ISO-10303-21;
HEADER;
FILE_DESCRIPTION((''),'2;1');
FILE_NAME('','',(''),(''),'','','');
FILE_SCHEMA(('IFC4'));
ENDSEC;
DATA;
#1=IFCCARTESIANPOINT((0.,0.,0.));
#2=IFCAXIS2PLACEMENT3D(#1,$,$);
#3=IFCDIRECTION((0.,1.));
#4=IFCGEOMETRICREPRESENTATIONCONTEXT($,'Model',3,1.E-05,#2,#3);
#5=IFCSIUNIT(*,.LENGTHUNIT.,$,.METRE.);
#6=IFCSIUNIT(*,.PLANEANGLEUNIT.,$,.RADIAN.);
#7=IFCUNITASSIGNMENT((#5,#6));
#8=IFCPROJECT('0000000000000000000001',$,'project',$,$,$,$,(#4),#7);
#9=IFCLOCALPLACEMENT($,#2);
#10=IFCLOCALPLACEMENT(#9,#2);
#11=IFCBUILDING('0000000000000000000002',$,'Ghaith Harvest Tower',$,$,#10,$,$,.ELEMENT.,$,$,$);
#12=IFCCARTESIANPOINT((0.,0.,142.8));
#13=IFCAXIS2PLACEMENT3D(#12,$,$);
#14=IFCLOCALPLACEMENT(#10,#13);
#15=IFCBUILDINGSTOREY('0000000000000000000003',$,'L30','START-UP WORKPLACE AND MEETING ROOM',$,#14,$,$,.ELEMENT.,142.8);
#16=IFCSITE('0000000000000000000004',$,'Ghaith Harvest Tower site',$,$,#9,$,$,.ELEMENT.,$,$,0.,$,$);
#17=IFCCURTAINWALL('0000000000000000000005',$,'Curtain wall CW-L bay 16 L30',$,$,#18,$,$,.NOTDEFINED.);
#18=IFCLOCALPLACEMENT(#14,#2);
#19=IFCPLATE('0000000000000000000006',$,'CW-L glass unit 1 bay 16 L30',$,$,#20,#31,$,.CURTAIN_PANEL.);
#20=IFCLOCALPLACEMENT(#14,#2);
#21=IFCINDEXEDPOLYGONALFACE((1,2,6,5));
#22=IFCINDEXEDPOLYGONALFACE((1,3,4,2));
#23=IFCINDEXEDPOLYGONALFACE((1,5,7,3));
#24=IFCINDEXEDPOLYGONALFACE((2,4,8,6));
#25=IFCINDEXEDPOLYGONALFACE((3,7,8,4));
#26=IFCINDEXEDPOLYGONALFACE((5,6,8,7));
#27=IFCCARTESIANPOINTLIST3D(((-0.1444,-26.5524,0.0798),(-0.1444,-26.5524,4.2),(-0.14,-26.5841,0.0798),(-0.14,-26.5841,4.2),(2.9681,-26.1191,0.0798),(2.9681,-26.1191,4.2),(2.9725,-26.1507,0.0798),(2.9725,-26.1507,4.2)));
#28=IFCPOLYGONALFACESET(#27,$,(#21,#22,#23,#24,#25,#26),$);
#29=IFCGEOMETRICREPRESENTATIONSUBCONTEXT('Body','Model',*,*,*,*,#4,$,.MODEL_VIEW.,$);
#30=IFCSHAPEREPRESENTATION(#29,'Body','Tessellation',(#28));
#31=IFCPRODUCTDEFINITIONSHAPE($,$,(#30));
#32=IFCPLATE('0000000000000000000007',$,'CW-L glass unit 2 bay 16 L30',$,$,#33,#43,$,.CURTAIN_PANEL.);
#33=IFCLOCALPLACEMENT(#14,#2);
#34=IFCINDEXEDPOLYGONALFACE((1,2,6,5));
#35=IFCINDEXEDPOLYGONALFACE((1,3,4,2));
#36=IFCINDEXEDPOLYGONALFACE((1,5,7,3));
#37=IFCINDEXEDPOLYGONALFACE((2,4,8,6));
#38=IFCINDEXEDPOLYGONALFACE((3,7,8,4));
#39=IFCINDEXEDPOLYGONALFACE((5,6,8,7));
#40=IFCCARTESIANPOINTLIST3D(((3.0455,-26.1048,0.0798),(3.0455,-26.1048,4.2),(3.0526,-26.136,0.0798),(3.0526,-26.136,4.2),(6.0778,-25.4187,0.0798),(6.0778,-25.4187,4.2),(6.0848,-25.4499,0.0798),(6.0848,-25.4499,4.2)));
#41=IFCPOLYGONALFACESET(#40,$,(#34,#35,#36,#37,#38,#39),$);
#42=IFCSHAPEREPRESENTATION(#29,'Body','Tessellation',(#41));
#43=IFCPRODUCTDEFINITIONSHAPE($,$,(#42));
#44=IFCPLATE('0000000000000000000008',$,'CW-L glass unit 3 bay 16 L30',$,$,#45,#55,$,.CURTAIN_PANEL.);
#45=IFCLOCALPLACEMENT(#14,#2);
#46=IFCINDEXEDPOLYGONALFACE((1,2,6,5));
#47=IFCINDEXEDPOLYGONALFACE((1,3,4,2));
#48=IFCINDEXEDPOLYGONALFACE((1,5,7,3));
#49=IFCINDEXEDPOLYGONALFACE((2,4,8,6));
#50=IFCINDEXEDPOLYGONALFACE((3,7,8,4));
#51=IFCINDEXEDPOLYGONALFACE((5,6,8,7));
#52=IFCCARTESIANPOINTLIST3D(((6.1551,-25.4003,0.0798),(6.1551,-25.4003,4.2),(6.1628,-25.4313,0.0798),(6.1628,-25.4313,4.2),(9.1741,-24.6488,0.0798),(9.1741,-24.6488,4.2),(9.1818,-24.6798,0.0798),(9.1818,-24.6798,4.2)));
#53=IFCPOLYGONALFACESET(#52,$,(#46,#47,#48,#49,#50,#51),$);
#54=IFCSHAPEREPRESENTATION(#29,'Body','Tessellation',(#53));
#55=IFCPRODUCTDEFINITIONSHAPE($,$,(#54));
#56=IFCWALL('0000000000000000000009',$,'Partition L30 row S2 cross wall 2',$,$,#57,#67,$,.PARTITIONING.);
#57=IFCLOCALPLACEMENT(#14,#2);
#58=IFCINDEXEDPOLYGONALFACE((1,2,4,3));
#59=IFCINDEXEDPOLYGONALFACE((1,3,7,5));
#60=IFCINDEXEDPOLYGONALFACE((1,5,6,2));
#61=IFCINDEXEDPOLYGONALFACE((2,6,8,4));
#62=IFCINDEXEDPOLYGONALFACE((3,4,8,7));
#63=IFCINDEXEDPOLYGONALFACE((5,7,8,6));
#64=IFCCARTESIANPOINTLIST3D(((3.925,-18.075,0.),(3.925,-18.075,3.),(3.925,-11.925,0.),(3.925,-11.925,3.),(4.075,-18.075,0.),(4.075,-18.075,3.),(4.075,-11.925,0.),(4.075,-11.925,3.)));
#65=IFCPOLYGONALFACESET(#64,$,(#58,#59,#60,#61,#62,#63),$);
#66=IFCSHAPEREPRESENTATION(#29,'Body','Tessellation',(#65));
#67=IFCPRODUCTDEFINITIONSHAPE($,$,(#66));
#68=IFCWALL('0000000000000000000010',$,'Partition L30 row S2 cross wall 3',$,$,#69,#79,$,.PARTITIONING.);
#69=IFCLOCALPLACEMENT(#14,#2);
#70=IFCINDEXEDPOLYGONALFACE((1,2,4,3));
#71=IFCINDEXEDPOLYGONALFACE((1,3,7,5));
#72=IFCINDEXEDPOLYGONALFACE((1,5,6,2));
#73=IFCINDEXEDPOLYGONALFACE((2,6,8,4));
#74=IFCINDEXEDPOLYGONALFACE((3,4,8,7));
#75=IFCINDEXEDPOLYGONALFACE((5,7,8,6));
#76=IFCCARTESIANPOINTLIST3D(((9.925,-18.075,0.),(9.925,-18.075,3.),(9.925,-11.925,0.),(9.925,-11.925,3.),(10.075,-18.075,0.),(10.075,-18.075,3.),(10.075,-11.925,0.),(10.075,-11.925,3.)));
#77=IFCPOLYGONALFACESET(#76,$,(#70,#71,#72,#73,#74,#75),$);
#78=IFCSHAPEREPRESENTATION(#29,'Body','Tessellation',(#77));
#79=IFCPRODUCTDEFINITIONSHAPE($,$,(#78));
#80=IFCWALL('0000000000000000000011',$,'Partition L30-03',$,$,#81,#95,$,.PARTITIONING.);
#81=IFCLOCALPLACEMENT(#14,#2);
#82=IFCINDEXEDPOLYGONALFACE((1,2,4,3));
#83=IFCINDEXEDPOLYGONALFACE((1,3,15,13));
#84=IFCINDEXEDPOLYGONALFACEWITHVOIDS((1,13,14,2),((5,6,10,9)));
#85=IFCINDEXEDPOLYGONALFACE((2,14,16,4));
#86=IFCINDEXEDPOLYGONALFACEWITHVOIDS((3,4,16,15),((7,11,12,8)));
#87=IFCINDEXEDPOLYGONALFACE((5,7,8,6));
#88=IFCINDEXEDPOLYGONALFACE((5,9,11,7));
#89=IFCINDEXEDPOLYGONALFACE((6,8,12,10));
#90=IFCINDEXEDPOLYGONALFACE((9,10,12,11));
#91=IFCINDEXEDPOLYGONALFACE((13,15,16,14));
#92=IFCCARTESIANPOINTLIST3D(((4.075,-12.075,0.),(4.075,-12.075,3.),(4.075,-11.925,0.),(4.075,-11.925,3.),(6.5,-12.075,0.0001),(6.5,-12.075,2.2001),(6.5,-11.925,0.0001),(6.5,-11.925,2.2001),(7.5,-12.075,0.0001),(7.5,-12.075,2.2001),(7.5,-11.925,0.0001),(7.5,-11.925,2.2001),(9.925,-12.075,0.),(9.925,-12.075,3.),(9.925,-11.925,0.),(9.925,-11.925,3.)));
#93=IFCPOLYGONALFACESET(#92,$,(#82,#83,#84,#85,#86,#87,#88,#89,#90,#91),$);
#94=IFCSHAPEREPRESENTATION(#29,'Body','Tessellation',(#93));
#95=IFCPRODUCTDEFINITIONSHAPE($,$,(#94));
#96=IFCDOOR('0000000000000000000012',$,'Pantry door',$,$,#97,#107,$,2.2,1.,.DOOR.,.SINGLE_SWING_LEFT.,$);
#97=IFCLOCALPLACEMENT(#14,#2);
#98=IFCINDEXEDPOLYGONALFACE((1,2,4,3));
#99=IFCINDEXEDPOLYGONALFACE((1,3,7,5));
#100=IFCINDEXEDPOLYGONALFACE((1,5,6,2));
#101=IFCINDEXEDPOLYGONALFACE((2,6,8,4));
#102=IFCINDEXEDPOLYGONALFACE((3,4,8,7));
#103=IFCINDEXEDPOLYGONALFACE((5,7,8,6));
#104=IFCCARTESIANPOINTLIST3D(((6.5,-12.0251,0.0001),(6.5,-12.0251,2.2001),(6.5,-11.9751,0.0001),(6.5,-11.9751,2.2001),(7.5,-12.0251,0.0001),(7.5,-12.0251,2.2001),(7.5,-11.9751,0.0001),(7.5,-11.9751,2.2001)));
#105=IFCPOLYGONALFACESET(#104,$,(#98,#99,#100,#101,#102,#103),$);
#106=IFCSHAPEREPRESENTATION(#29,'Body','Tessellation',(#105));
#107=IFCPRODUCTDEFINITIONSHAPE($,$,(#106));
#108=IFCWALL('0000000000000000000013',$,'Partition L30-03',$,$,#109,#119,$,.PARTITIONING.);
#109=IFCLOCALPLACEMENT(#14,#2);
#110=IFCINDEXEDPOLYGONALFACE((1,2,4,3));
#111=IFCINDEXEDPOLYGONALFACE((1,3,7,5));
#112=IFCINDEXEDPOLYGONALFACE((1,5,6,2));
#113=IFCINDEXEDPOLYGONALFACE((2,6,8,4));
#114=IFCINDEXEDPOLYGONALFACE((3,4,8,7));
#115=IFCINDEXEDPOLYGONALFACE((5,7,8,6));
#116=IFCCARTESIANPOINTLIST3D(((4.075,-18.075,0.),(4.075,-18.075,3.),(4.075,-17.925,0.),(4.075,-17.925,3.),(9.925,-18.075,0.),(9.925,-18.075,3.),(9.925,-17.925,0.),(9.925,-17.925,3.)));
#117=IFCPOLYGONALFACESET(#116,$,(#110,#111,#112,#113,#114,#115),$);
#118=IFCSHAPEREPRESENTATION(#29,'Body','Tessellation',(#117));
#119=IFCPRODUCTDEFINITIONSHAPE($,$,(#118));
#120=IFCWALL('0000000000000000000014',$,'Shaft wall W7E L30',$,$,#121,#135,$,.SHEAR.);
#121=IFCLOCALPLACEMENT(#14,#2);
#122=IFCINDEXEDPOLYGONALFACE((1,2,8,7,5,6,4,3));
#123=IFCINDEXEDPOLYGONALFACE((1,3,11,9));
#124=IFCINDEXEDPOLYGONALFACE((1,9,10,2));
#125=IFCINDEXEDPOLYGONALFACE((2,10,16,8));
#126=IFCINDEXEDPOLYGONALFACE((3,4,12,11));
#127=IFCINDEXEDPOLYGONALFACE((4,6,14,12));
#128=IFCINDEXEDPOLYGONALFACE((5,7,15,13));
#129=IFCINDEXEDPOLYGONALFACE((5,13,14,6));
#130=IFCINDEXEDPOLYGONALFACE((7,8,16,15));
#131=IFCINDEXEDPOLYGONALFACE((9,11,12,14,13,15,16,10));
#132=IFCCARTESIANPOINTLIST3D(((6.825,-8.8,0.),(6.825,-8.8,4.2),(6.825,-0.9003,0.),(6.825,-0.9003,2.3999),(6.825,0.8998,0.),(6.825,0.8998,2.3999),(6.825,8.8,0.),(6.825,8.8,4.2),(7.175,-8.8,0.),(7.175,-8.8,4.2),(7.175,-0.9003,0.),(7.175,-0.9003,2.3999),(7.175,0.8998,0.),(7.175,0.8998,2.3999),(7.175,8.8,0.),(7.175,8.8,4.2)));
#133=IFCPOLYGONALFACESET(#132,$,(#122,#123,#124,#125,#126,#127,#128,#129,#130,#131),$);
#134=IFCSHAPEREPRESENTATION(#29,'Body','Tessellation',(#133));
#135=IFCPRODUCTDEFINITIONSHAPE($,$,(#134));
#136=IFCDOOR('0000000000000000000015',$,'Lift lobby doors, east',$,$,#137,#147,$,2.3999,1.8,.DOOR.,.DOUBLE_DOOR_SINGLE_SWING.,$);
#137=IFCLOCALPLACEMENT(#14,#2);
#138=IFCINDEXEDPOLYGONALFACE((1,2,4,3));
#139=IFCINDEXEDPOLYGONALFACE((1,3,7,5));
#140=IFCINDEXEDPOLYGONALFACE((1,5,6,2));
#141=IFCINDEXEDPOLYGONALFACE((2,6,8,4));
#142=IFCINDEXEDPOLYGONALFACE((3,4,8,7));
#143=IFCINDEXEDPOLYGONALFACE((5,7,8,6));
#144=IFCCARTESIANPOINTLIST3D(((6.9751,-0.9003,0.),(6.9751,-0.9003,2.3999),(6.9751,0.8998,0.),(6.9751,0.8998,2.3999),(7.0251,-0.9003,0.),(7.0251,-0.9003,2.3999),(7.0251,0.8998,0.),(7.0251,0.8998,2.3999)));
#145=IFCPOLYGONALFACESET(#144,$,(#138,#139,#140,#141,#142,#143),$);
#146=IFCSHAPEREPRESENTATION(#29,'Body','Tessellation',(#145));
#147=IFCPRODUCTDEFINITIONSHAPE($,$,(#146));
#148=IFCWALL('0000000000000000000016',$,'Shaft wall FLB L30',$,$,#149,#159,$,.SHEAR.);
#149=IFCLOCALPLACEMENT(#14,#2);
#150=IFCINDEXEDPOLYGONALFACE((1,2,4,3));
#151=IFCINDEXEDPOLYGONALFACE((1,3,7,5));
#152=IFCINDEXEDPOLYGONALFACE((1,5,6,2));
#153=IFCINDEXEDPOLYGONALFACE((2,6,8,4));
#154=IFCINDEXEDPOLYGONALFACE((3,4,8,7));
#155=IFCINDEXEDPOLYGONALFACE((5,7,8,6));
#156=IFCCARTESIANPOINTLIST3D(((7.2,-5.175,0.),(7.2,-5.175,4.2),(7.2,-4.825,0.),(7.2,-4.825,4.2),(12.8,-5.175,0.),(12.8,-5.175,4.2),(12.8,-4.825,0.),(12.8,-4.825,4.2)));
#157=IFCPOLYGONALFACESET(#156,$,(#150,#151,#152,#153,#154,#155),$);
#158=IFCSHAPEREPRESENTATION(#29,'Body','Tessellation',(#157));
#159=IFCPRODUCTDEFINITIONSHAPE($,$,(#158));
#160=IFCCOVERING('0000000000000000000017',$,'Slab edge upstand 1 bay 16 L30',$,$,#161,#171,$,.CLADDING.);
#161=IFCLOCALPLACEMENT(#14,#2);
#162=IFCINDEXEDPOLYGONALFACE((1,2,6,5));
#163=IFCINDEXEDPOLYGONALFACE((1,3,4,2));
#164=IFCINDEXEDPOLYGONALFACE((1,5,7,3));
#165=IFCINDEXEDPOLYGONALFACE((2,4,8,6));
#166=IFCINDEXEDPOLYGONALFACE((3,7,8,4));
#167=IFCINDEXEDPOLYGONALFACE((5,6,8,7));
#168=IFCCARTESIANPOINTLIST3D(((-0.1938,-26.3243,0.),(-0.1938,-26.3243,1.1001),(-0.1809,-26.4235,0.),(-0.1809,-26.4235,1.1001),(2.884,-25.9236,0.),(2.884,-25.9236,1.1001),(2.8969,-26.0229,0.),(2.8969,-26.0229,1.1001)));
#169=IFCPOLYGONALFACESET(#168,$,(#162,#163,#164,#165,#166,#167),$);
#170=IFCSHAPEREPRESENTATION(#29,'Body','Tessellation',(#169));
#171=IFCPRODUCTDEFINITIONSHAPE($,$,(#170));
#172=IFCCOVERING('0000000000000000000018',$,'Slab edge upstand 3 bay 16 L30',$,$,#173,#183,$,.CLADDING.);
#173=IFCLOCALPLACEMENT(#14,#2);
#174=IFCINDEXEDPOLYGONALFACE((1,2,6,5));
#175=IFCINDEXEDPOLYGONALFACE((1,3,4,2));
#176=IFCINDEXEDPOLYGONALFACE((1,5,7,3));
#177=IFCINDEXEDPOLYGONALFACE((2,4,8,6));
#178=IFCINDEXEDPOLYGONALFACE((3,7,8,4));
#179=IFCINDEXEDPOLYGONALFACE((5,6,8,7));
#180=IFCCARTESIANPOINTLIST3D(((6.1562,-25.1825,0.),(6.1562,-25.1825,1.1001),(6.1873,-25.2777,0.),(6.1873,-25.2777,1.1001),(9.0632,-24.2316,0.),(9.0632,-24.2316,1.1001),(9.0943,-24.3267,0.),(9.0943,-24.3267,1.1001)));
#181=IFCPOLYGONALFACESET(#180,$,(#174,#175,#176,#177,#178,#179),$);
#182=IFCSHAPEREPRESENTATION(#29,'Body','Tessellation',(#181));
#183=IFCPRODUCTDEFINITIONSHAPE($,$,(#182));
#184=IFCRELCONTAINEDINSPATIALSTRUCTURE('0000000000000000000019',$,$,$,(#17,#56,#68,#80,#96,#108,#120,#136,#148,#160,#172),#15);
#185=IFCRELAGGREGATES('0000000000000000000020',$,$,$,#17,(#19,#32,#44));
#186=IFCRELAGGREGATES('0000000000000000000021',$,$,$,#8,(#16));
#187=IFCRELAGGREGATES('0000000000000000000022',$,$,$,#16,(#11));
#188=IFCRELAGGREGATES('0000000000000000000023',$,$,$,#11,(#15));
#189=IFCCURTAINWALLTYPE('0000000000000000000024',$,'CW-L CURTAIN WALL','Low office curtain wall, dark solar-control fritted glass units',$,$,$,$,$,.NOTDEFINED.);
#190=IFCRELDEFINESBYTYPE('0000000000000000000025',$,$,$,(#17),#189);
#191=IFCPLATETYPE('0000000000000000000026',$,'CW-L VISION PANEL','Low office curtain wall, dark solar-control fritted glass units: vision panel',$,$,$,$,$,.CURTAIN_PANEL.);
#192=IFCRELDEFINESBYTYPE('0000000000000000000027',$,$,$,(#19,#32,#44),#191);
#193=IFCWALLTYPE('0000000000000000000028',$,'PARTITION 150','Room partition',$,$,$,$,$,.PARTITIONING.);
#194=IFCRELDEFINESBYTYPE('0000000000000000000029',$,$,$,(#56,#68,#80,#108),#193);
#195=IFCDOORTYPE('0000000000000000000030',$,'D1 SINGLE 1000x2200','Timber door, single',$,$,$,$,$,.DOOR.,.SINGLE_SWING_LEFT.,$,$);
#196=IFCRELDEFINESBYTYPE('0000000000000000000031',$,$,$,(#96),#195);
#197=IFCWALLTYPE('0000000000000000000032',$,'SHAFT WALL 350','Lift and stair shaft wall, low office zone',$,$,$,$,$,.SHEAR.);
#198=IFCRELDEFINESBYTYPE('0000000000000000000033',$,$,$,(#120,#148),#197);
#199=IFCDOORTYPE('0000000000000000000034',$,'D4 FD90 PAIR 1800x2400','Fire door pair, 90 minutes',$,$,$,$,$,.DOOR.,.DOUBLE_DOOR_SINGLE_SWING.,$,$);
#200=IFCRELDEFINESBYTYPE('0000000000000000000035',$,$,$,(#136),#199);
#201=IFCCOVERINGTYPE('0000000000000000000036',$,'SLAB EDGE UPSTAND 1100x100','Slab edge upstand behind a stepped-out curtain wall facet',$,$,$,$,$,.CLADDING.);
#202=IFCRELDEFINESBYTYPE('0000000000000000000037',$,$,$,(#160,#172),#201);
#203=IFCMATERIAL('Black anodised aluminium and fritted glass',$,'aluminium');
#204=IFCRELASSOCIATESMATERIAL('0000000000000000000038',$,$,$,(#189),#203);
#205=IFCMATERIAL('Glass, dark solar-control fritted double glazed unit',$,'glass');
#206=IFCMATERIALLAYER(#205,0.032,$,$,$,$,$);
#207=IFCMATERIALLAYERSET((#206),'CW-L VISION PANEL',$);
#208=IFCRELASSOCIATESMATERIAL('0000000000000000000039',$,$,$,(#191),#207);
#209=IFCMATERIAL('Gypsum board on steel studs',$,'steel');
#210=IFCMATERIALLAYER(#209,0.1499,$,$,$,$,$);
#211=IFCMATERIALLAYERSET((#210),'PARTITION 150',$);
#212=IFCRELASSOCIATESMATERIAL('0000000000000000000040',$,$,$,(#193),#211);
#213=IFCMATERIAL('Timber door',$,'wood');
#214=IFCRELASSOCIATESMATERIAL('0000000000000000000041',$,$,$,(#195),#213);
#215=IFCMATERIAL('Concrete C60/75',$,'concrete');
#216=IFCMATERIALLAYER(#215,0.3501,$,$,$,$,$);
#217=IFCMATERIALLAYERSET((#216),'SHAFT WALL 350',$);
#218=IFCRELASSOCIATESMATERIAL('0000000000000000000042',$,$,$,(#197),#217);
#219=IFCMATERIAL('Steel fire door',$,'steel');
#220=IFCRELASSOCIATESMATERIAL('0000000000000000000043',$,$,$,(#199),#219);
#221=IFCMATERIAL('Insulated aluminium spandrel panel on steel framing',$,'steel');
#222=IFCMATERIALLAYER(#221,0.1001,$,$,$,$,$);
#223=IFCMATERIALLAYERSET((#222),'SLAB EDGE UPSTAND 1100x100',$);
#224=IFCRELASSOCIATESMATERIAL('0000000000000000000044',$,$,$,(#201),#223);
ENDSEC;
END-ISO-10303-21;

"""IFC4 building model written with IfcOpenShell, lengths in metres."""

from ifc_helpers import new_model, si_unit, direction, frame, frame_2d, origin, origin_2d, place, context, subcontext, project, spatial, rectangle, extrude, material, layer, layer_set, type_object, element, fill, aggregate, save


model = new_model("IFC4")

# Units and contexts
model_context = context("Model", 3, precision=1e-05, world=origin(), true_north=direction((0.0, 1.0)))
body_context = subcontext(model_context, "Body", "Model", "MODEL_VIEW")
ifc_project = project(units=[si_unit("LENGTHUNIT", "METRE"), si_unit("PLANEANGLEUNIT", "RADIAN")], contexts=[model_context])

# Site, building, storey
site_placement = place(None, origin())
site = spatial("IfcSite", under=ifc_project, at=site_placement, Name="Ghaith Harvest Tower site", CompositionType="ELEMENT", RefElevation=0.0)
building_placement = place(site_placement, origin())
building = spatial("IfcBuilding", under=site, at=building_placement, Name="Ghaith Harvest Tower", CompositionType="ELEMENT")
storey_placement = place(building_placement, frame((0.0, 0.0, 142.8)))
storey = spatial("IfcBuildingStorey", under=building, at=storey_placement, Name="L30", Description="START-UP WORKPLACE AND MEETING ROOM", CompositionType="ELEMENT", Elevation=142.8)

# Curtain wall
ifc_material_1 = material(Name="Black anodised aluminium and fritted glass", Category="aluminium")
curtain_wall_type = type_object("IfcCurtainWallType", Name="CW-L CURTAIN WALL", Description="Low office curtain wall, dark solar-control fritted glass units", PredefinedType="NOTDEFINED", material=ifc_material_1)
curtain_wall_1_placement = place(storey_placement, origin())
curtain_wall_1 = element("IfcCurtainWall", 1, at=curtain_wall_1_placement, inside=storey, type_object=curtain_wall_type, Name="Curtain wall CW-L bay 16 L30", PredefinedType="NOTDEFINED")

# Plates
ifc_material_2 = material(Name="Glass, dark solar-control fritted double glazed unit", Category="glass")
ifc_layer_1 = layer(ifc_material_2, 0.032)
ifc_layer_set_1 = layer_set([ifc_layer_1], Name="CW-L VISION PANEL")
plate_type = type_object("IfcPlateType", Name="CW-L VISION PANEL", Description="Low office curtain wall, dark solar-control fritted glass units: vision panel", PredefinedType="CURTAIN_PANEL", material=ifc_layer_set_1)
plate_1_placement = place(storey_placement, frame((1.4141, -26.3516, 0.0798), z_axis=(0.0, 0.0, 1.0), x_axis=(0.990448, 0.137886, 0.0)))
plate_1 = element("IfcPlate", 2, at=plate_1_placement, type_object=plate_type, Name="CW-L glass unit 1 bay 16 L30", PredefinedType="CURTAIN_PANEL", context=body_context, shape_type="SweptSolid", body=[
    extrude(rectangle(XDim=3.1426, YDim=0.032, at=origin_2d()), origin(), (0.0, 0.0, 1.0), 4.1201),
])
plate_2_placement = place(storey_placement, frame((4.5652, -25.7773, 0.0798), z_axis=(0.0, 0.0, 1.0), x_axis=(0.975342, 0.2207, 0.0)))
plate_2 = element("IfcPlate", 3, at=plate_2_placement, type_object=plate_type, Name="CW-L glass unit 2 bay 16 L30", PredefinedType="CURTAIN_PANEL", context=body_context, shape_type="SweptSolid", body=[
    extrude(rectangle(XDim=3.1089, YDim=0.032, at=origin_2d()), origin(), (0.0, 0.0, 1.0), 4.1201),
])
plate_3_placement = place(storey_placement, frame((7.6685, -25.04, 0.0798), z_axis=(0.0, 0.0, 1.0), x_axis=(0.970384, 0.241566, 0.0)))
plate_3 = element("IfcPlate", 4, at=plate_3_placement, type_object=plate_type, Name="CW-L glass unit 3 bay 16 L30", PredefinedType="CURTAIN_PANEL", context=body_context, shape_type="SweptSolid", body=[
    extrude(rectangle(XDim=3.1111, YDim=0.032, at=origin_2d()), origin(), (0.0, 0.0, 1.0), 4.1201),
])
aggregate(curtain_wall_1, [plate_1, plate_2, plate_3])

# Walls
ifc_material_3 = material(Name="Gypsum board on steel studs", Category="steel")
ifc_layer_2 = layer(ifc_material_3, 0.1499)
ifc_layer_set_2 = layer_set([ifc_layer_2], Name="PARTITION 150")
wall_type_1 = type_object("IfcWallType", Name="PARTITION 150", Description="Room partition", PredefinedType="PARTITIONING", material=ifc_layer_set_2)
for number, where, z_axis, x_axis, name in (
    (5, (4.0, -11.925, 0.0), (0.0, 0.0, 1.0), (0.0, -1.0, 0.0), "Partition L30 row S2 cross wall 2"),
    (6, (10.0, -11.925, 0.0), (0.0, 0.0, 1.0), (0.0, -1.0, 0.0), "Partition L30 row S2 cross wall 3"),
):
    element("IfcWall", number, at=place(storey_placement, frame(where, z_axis=z_axis, x_axis=x_axis)), inside=storey, type_object=wall_type_1, Name=name, PredefinedType="PARTITIONING", context=body_context, shape_type="SweptSolid", body=[
        extrude(rectangle(XDim=6.1499, YDim=0.1499, at=frame_2d((3.075, 0.0))), origin(), (0.0, 0.0, 1.0), 3.0),
    ])

# Wall, opening, door
wall_1_placement = place(storey_placement, frame((4.075, -12.0, 0.0), z_axis=(0.0, 0.0, 1.0), x_axis=(1.0, 0.0, 0.0)))
wall_1 = element("IfcWall", 7, at=wall_1_placement, inside=storey, type_object=wall_type_1, Name="Partition L30-03", PredefinedType="PARTITIONING", context=body_context, shape_type="SweptSolid", body=[
    extrude(rectangle(XDim=5.8501, YDim=0.1499, at=frame_2d((2.925, 0.0))), origin(), (0.0, 0.0, 1.0), 3.0),
])
opening_1_placement = place(wall_1_placement, frame((2.425, 0.0, 0.0)))
opening_1 = element("IfcOpeningElement", 8, at=opening_1_placement, cuts=wall_1, PredefinedType="OPENING", context=body_context, shape_type="SweptSolid", body=[
    extrude(rectangle(XDim=1.0, YDim=2.2, at=frame_2d((0.5, 1.1001))), frame((0.0, 0.085, 0.0), z_axis=(0.0, -1.0, 0.0), x_axis=(1.0, 0.0, 0.0)), (0.0, 0.0, 1.0), 0.1699),
])
ifc_material_4 = material(Name="Timber door", Category="wood")
door_type_1 = type_object("IfcDoorType", Name="D1 SINGLE 1000x2200", Description="Timber door, single", OperationType="SINGLE_SWING_LEFT", PredefinedType="DOOR", material=ifc_material_4)
door_1_placement = place(opening_1_placement, origin())
door_1 = element("IfcDoor", 9, at=door_1_placement, inside=storey, type_object=door_type_1, Name="Pantry door", OperationType="SINGLE_SWING_LEFT", OverallHeight=2.2, OverallWidth=1.0, PredefinedType="DOOR", context=body_context, shape_type="SweptSolid", body=[
    extrude(rectangle(XDim=1.0, YDim=2.2, at=frame_2d((0.5, 1.1001))), frame((0.0, 0.0249, 0.0), z_axis=(0.0, -1.0, 0.0), x_axis=(1.0, 0.0, 0.0)), (0.0, 0.0, 1.0), 0.05),
])
fill(opening_1, door_1)

# Wall
wall_2_placement = place(storey_placement, frame((4.075, -18.0, 0.0), z_axis=(0.0, 0.0, 1.0), x_axis=(1.0, 0.0, 0.0)))
element("IfcWall", 10, at=wall_2_placement, inside=storey, type_object=wall_type_1, Name="Partition L30-03", PredefinedType="PARTITIONING", context=body_context, shape_type="SweptSolid", body=[
    extrude(rectangle(XDim=5.8501, YDim=0.1499, at=frame_2d((2.925, 0.0))), origin(), (0.0, 0.0, 1.0), 3.0),
])

# Wall, opening, door
ifc_material_5 = material(Name="Concrete C60/75", Category="concrete")
ifc_layer_3 = layer(ifc_material_5, 0.3501)
ifc_layer_set_3 = layer_set([ifc_layer_3], Name="SHAFT WALL 350")
wall_type_2 = type_object("IfcWallType", Name="SHAFT WALL 350", Description="Lift and stair shaft wall, low office zone", PredefinedType="SHEAR", material=ifc_layer_set_3)
wall_3_placement = place(storey_placement, frame((7.0, -8.8, 0.0), z_axis=(0.0, 0.0, 1.0), x_axis=(0.0, 1.0, 0.0)))
wall_3 = element("IfcWall", 11, at=wall_3_placement, inside=storey, type_object=wall_type_2, Name="Shaft wall W7E L30", PredefinedType="SHEAR", context=body_context, shape_type="SweptSolid", body=[
    extrude(rectangle(XDim=17.6001, YDim=0.3501, at=frame_2d((8.8, 0.0))), origin(), (0.0, 0.0, 1.0), 4.2),
])
opening_2_placement = place(wall_3_placement, frame((7.8999, 0.0, 0.0)))
opening_2 = element("IfcOpeningElement", 12, at=opening_2_placement, cuts=wall_3, PredefinedType="OPENING", context=body_context, shape_type="SweptSolid", body=[
    extrude(rectangle(XDim=1.8, YDim=2.3999, at=frame_2d((0.8999, 1.2))), frame((0.0, 0.1851, 0.0), z_axis=(0.0, -1.0, 0.0), x_axis=(1.0, 0.0, 0.0)), (0.0, 0.0, 1.0), 0.3701),
])
ifc_material_6 = material(Name="Steel fire door", Category="steel")
door_type_2 = type_object("IfcDoorType", Name="D4 FD90 PAIR 1800x2400", Description="Fire door pair, 90 minutes", OperationType="DOUBLE_DOOR_SINGLE_SWING", PredefinedType="DOOR", material=ifc_material_6)
door_2_placement = place(opening_2_placement, origin())
door_2 = element("IfcDoor", 13, at=door_2_placement, inside=storey, type_object=door_type_2, Name="Lift lobby doors, east", OperationType="DOUBLE_DOOR_SINGLE_SWING", OverallHeight=2.3999, OverallWidth=1.8, PredefinedType="DOOR", context=body_context, shape_type="SweptSolid", body=[
    extrude(rectangle(XDim=1.8, YDim=2.3999, at=frame_2d((0.8999, 1.2))), frame((0.0, 0.0249, 0.0), z_axis=(0.0, -1.0, 0.0), x_axis=(1.0, 0.0, 0.0)), (0.0, 0.0, 1.0), 0.05),
])
fill(opening_2, door_2)

# Wall
wall_4_placement = place(storey_placement, frame((7.2, -5.0, 0.0), z_axis=(0.0, 0.0, 1.0), x_axis=(1.0, 0.0, 0.0)))
element("IfcWall", 14, at=wall_4_placement, inside=storey, type_object=wall_type_2, Name="Shaft wall FLB L30", PredefinedType="SHEAR", context=body_context, shape_type="SweptSolid", body=[
    extrude(rectangle(XDim=5.6001, YDim=0.3501, at=frame_2d((2.8, 0.0))), origin(), (0.0, 0.0, 1.0), 4.2),
])

# Coverings
ifc_material_7 = material(Name="Insulated aluminium spandrel panel on steel framing", Category="steel")
ifc_layer_4 = layer(ifc_material_7, 0.1001)
ifc_layer_set_4 = layer_set([ifc_layer_4], Name="SLAB EDGE UPSTAND 1100x100")
covering_type = type_object("IfcCoveringType", Name="SLAB EDGE UPSTAND 1100x100", Description="Slab edge upstand behind a stepped-out curtain wall facet", PredefinedType="CLADDING", material=ifc_layer_set_4)
covering_1_placement = place(storey_placement, frame((1.3516, -26.1736, 0.0), z_axis=(0.0, 0.0, 1.0), x_axis=(0.991634, 0.129084, 0.0)))
element("IfcCovering", 15, at=covering_1_placement, inside=storey, type_object=covering_type, Name="Slab edge upstand 1 bay 16 L30", PredefinedType="CLADDING", context=body_context, shape_type="SweptSolid", body=[
    extrude(rectangle(XDim=3.1038, YDim=0.1001, at=origin_2d()), origin(), (0.0, 0.0, 1.0), 1.1001),
])
covering_2_placement = place(storey_placement, frame((7.6252, -24.7546, 0.0), z_axis=(0.0, 0.0, 1.0), x_axis=(0.950441, 0.310904, 0.0)))
element("IfcCovering", 16, at=covering_2_placement, inside=storey, type_object=covering_type, Name="Slab edge upstand 3 bay 16 L30", PredefinedType="CLADDING", context=body_context, shape_type="SweptSolid", body=[
    extrude(rectangle(XDim=3.0586, YDim=0.1001, at=origin_2d()), origin(), (0.0, 0.0, 1.0), 1.1001),
])

save(model, "model.ifc")
